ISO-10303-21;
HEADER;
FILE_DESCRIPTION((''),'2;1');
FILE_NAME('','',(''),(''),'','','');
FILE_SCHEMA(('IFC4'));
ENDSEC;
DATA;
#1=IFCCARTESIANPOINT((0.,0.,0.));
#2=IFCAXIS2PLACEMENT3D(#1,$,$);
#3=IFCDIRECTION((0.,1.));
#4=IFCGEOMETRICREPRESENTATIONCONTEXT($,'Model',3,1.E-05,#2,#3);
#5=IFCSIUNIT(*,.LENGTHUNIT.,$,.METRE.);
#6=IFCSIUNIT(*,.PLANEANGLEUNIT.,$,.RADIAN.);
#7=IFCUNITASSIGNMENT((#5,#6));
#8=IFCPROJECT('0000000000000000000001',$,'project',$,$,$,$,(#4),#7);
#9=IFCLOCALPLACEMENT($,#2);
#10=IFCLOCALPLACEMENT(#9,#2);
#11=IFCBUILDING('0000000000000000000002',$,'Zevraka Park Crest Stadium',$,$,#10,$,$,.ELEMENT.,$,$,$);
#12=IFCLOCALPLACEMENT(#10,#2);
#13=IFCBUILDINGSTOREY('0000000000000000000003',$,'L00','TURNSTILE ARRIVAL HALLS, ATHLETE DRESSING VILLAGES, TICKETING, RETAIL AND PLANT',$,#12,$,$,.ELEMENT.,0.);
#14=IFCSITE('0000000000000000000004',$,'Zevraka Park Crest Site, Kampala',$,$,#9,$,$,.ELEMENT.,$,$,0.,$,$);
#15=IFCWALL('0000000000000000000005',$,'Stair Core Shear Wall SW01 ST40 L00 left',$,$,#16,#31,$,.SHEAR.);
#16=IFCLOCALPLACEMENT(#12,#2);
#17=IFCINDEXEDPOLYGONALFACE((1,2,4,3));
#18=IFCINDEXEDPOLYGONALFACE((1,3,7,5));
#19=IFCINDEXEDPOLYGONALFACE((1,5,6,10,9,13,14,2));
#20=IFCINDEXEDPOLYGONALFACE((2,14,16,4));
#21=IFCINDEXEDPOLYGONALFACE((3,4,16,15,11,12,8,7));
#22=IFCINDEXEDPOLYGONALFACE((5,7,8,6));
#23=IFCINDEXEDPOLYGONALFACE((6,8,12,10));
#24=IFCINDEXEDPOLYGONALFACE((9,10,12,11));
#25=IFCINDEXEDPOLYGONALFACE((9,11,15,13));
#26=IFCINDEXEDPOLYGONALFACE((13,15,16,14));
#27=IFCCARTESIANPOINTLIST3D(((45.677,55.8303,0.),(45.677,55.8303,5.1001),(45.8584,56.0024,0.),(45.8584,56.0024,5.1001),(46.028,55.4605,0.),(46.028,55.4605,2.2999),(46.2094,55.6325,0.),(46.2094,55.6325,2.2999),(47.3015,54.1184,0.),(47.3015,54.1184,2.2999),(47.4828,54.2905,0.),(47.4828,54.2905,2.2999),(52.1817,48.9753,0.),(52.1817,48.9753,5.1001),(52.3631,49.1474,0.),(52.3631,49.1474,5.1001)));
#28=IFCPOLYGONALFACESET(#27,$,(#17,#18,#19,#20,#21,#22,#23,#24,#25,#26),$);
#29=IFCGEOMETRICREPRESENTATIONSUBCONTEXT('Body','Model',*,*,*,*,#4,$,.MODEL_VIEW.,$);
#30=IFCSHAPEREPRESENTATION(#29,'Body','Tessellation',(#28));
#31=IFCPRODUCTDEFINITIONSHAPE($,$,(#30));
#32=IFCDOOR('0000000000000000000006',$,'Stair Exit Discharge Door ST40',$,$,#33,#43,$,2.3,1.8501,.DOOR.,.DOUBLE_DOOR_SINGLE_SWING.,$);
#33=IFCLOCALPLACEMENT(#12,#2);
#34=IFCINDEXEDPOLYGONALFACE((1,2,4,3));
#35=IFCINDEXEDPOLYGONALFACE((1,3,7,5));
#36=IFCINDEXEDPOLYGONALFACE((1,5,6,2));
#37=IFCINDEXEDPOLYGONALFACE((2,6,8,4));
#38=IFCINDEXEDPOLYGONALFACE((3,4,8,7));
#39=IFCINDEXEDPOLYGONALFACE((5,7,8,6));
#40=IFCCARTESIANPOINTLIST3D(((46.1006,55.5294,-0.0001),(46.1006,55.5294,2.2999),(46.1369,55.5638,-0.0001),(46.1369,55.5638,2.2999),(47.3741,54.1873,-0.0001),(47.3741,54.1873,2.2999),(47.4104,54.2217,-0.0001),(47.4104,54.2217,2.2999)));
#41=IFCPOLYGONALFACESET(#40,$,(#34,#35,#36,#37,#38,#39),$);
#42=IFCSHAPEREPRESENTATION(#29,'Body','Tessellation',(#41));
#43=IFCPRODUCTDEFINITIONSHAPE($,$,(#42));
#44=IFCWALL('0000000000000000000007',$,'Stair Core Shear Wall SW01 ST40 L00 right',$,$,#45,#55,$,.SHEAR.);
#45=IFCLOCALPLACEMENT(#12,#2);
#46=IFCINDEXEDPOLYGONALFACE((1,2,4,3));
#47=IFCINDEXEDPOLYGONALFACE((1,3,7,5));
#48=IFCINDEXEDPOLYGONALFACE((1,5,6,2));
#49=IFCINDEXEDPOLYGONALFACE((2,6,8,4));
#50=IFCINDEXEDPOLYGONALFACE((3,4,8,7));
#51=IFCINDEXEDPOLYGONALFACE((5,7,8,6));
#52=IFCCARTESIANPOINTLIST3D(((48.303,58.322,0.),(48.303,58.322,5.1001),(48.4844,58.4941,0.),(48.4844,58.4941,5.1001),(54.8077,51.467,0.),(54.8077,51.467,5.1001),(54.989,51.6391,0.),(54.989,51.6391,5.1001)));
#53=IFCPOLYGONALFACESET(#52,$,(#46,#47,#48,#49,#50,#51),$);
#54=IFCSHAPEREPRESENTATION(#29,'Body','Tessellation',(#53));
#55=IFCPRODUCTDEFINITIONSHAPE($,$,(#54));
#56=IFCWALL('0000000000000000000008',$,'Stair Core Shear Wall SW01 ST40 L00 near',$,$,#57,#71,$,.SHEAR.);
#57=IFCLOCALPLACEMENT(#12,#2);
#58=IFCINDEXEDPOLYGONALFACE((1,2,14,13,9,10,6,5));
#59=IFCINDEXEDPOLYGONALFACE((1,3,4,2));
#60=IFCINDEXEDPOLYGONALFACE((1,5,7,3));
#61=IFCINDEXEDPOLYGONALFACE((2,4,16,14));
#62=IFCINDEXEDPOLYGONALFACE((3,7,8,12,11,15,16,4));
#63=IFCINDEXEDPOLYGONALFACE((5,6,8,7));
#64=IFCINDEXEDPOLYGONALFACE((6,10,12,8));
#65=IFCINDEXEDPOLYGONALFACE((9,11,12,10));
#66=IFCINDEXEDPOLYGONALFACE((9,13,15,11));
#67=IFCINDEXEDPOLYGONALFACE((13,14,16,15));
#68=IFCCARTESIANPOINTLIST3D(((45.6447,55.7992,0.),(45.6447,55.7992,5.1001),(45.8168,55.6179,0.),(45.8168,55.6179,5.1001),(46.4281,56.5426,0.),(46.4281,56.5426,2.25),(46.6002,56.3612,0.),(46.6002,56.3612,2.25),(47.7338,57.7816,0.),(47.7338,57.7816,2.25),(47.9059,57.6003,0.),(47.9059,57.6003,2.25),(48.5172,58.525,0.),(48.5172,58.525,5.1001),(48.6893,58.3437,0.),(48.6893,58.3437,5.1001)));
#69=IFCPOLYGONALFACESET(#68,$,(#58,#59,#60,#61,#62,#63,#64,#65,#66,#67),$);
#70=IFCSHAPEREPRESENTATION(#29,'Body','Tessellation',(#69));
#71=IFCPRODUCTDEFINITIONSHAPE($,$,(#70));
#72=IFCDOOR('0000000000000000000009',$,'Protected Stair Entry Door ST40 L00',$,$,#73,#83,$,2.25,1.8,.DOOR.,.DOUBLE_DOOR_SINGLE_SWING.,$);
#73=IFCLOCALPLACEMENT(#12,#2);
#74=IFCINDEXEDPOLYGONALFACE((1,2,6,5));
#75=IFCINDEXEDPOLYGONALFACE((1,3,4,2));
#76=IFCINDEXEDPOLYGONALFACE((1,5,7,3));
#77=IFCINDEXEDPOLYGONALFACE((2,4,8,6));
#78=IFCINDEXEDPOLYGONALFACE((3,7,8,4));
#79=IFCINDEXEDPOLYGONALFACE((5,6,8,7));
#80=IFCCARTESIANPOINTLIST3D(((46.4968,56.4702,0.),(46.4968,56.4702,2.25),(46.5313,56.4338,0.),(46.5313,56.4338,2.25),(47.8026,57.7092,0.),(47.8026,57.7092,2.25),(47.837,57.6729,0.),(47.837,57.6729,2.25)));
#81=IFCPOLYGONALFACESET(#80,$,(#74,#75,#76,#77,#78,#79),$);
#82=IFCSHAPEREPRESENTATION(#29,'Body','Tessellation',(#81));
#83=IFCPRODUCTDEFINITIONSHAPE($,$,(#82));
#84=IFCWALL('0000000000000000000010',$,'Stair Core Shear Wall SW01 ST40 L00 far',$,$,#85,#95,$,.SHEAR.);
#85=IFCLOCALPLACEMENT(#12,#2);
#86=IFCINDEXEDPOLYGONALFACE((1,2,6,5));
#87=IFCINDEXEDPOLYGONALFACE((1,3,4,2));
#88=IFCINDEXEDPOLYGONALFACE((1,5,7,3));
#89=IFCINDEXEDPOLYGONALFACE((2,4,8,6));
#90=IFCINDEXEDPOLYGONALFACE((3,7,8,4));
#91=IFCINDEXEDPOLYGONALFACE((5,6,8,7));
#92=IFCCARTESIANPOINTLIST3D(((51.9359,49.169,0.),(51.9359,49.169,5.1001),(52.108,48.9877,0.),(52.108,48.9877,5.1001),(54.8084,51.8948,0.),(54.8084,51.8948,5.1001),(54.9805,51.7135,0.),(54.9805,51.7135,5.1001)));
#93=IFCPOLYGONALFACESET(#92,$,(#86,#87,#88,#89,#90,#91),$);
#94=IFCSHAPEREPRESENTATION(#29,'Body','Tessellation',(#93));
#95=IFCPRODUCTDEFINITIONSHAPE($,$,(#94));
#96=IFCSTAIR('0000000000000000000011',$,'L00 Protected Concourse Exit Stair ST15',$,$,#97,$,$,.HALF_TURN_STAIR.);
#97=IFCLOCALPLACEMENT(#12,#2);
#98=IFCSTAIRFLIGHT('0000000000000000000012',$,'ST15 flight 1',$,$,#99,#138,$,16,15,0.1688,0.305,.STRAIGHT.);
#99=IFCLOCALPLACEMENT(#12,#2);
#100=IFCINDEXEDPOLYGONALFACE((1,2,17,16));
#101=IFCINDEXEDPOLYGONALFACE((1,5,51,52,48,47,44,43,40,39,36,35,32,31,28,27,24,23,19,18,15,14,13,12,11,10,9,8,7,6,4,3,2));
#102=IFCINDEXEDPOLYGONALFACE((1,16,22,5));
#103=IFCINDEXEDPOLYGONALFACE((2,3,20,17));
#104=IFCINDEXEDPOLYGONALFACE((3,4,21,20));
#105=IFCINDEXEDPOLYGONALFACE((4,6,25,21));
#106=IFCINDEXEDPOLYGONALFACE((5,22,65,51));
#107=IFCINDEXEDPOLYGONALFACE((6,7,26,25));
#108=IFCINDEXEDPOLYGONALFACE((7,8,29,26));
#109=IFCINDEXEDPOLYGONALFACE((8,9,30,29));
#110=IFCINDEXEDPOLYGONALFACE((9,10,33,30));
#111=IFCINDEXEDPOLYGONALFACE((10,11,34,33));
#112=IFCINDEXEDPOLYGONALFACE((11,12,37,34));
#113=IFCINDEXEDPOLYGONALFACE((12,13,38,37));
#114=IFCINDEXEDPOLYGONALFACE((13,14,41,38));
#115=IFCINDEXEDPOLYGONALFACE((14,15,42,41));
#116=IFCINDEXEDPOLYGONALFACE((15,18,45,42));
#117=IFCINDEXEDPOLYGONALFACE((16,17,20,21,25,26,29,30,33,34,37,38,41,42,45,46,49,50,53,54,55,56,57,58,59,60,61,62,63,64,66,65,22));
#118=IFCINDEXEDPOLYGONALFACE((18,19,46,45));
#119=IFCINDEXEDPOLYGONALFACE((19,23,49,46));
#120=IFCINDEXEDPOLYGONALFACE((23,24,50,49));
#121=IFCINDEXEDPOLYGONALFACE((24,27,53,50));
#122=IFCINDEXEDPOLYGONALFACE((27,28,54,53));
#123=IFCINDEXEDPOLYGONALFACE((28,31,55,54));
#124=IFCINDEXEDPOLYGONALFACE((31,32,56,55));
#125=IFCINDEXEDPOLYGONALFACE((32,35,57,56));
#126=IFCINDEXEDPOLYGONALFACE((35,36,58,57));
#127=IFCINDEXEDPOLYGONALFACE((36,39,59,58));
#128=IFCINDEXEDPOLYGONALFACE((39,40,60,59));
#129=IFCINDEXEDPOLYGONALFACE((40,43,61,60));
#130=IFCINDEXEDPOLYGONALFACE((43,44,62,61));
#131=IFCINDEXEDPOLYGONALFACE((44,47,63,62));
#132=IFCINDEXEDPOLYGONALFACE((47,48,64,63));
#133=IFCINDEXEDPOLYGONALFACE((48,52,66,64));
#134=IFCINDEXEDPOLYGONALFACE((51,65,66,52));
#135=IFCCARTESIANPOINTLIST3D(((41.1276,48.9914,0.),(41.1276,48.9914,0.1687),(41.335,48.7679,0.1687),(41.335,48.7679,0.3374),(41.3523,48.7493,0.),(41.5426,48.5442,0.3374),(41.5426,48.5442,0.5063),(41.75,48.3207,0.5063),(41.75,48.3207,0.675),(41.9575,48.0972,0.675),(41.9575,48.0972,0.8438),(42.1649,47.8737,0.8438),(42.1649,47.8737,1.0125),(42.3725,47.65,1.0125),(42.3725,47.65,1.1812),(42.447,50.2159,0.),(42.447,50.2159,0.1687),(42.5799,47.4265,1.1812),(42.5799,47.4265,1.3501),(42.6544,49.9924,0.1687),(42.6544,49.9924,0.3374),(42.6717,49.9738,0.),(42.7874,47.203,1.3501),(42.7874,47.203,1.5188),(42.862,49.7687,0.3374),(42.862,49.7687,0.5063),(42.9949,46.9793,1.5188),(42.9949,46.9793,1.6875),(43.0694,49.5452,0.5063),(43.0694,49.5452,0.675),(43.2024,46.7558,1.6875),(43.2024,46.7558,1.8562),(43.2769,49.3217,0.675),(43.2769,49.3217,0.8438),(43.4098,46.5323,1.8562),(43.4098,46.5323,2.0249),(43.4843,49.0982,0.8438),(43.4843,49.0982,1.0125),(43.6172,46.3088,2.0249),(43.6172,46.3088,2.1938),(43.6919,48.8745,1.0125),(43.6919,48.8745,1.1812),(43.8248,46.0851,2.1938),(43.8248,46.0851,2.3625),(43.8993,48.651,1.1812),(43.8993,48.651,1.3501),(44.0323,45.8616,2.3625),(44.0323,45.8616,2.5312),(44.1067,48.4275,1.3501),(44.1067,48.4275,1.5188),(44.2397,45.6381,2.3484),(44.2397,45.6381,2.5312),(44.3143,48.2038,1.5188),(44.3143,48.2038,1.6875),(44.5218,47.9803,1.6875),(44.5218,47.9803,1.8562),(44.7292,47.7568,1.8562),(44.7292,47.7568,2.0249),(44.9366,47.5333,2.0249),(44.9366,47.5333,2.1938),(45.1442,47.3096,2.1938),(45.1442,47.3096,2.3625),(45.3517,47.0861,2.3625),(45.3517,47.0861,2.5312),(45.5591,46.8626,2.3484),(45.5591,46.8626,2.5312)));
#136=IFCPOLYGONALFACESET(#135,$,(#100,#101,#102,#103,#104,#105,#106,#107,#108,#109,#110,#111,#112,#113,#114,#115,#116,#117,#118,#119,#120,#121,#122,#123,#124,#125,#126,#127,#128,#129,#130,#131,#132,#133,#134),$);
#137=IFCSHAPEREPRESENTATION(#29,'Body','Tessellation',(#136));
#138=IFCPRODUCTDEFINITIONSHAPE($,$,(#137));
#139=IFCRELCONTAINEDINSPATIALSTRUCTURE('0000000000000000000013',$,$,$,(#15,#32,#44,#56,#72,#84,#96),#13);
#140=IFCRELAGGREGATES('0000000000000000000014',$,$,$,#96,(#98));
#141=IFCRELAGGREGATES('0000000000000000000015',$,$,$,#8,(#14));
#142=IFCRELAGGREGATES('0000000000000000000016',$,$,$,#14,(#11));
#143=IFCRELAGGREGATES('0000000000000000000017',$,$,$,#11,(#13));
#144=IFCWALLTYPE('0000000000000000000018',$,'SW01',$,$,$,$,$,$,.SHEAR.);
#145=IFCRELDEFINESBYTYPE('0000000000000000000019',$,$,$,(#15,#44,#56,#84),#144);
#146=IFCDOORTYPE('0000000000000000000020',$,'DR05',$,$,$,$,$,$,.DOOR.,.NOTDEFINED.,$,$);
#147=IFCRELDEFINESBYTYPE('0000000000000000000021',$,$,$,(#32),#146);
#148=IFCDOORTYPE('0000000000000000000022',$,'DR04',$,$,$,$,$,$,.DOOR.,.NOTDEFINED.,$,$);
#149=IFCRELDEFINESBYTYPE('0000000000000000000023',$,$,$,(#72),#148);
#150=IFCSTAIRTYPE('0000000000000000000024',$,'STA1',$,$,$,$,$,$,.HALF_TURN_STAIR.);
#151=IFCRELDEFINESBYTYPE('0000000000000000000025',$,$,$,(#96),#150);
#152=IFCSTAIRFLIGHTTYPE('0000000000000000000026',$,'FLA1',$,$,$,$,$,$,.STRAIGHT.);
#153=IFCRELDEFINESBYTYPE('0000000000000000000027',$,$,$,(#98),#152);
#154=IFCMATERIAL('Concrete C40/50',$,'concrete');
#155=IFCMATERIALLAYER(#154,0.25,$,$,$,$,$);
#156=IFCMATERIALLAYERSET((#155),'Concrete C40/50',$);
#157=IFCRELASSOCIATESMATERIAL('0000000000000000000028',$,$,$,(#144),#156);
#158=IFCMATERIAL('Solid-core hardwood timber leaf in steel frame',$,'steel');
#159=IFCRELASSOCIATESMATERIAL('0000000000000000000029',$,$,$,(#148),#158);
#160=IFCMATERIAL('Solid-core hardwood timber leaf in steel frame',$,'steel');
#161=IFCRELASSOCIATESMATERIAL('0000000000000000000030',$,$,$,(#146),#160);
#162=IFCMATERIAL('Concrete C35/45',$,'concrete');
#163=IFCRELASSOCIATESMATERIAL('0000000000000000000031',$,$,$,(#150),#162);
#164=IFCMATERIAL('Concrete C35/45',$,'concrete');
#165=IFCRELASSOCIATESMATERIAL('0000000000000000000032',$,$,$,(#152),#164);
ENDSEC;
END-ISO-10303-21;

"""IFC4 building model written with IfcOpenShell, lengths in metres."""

from ifc_helpers import new_model, si_unit, direction, frame, frame_2d, origin, place, context, subcontext, project, spatial, polyline, rectangle, outline, extrude, material, layer, layer_set, type_object, element, fill, aggregate, save


model = new_model("IFC4")

# Units and contexts
model_context = context("Model", 3, precision=1e-05, world=origin(), true_north=direction((0.0, 1.0)))
body_context = subcontext(model_context, "Body", "Model", "MODEL_VIEW")
ifc_project = project(units=[si_unit("LENGTHUNIT", "METRE"), si_unit("PLANEANGLEUNIT", "RADIAN")], contexts=[model_context])

# Site, building, storey
site_placement = place(None, origin())
site = spatial("IfcSite", under=ifc_project, at=site_placement, Name="Zevraka Park Crest Site, Kampala", CompositionType="ELEMENT", RefElevation=0.0)
building_placement = place(site_placement, origin())
building = spatial("IfcBuilding", under=site, at=building_placement, Name="Zevraka Park Crest Stadium", CompositionType="ELEMENT")
storey_placement = place(building_placement, origin())
storey = spatial("IfcBuildingStorey", under=building, at=storey_placement, Name="L00", Description="TURNSTILE ARRIVAL HALLS, ATHLETE DRESSING VILLAGES, TICKETING, RETAIL AND PLANT", CompositionType="ELEMENT", Elevation=0.0)

# Wall, opening, door
ifc_material_1 = material(Name="Concrete C40/50", Category="concrete")
ifc_layer = layer(ifc_material_1, 0.25)
ifc_layer_set = layer_set([ifc_layer], Name="Concrete C40/50")
wall_type = type_object("IfcWallType", Name="SW01", PredefinedType="SHEAR", material=ifc_layer_set)
ifc_material_2 = material(Name="Solid-core hardwood timber leaf in steel frame", Category="steel")
door_type_1 = type_object("IfcDoorType", Name="DR04", OperationType="NOTDEFINED", PredefinedType="DOOR", material=ifc_material_2)
wall_1_placement = place(storey_placement, frame((52.2725, 49.0613, 0.0), z_axis=(0.0, 0.0, 1.0), x_axis=(-0.688327, 0.725401, 0.0)))
wall_1 = element("IfcWall", 1, at=wall_1_placement, inside=storey, type_object=wall_type, Name="Stair Core Shear Wall SW01 ST40 L00 left", PredefinedType="SHEAR", context=body_context, shape_type="SweptSolid", body=[
    extrude(rectangle(XDim=9.45, YDim=0.25, at=frame_2d((4.7251, 0.0))), origin(), (0.0, 0.0, 1.0), 5.1001),
])
opening_1_placement = place(wall_1_placement, frame((7.0901, 0.0, 0.0)))
opening_1 = element("IfcOpeningElement", 2, at=opening_1_placement, cuts=wall_1, PredefinedType="OPENING", context=body_context, shape_type="SweptSolid", body=[
    extrude(rectangle(XDim=1.8501, YDim=2.3, at=frame_2d((0.925, 1.1499))), frame((0.0, 0.135, 0.0), z_axis=(0.0, -1.0, 0.0), x_axis=(1.0, 0.0, 0.0)), (0.0, 0.0, 1.0), 0.27),
])
ifc_material_3 = material(Name="Solid-core hardwood timber leaf in steel frame", Category="steel")
door_type_2 = type_object("IfcDoorType", Name="DR05", OperationType="NOTDEFINED", PredefinedType="DOOR", material=ifc_material_3)
door_1_placement = place(opening_1_placement, origin())
door_1 = element("IfcDoor", 3, at=door_1_placement, inside=storey, type_object=door_type_2, Name="Stair Exit Discharge Door ST40", OperationType="DOUBLE_DOOR_SINGLE_SWING", OverallHeight=2.3, OverallWidth=1.8501, PredefinedType="DOOR", context=body_context, shape_type="SweptSolid", body=[
    extrude(rectangle(XDim=1.8501, YDim=2.3, at=frame_2d((0.925, 1.1499))), frame((0.0, 0.0249, 0.0), z_axis=(0.0, -1.0, 0.0), x_axis=(1.0, 0.0, 0.0)), (0.0, 0.0, 1.0), 0.05),
])
fill(opening_1, door_1)

# Wall
wall_2_placement = place(storey_placement, frame((54.8984, 51.553, 0.0), z_axis=(0.0, 0.0, 1.0), x_axis=(-0.688327, 0.725401, 0.0)))
element("IfcWall", 4, at=wall_2_placement, inside=storey, type_object=wall_type, Name="Stair Core Shear Wall SW01 ST40 L00 right", PredefinedType="SHEAR", context=body_context, shape_type="SweptSolid", body=[
    extrude(rectangle(XDim=9.45, YDim=0.25, at=frame_2d((4.7251, 0.0))), origin(), (0.0, 0.0, 1.0), 5.1001),
])

# Wall, opening, door
wall_3_placement = place(storey_placement, frame((48.6033, 58.4343, 0.0), z_axis=(0.0, 0.0, 1.0), x_axis=(-0.72539, -0.688338, 0.0)))
wall_3 = element("IfcWall", 5, at=wall_3_placement, inside=storey, type_object=wall_type, Name="Stair Core Shear Wall SW01 ST40 L00 near", PredefinedType="SHEAR", context=body_context, shape_type="SweptSolid", body=[
    extrude(rectangle(XDim=3.96, YDim=0.25, at=frame_2d((1.98, 0.0))), origin(), (0.0, 0.0, 1.0), 5.1001),
])
opening_2_placement = place(wall_3_placement, frame((1.0801, 0.0, 0.0)))
opening_2 = element("IfcOpeningElement", 6, at=opening_2_placement, cuts=wall_3, PredefinedType="OPENING", context=body_context, shape_type="SweptSolid", body=[
    extrude(rectangle(XDim=1.8, YDim=2.25, at=frame_2d((0.8999, 1.125))), frame((0.0, 0.135, 0.0), z_axis=(0.0, -1.0, 0.0), x_axis=(1.0, 0.0, 0.0)), (0.0, 0.0, 1.0), 0.27),
])
door_2_placement = place(opening_2_placement, origin())
door_2 = element("IfcDoor", 7, at=door_2_placement, inside=storey, type_object=door_type_1, Name="Protected Stair Entry Door ST40 L00", OperationType="DOUBLE_DOOR_SINGLE_SWING", OverallHeight=2.25, OverallWidth=1.8, PredefinedType="DOOR", context=body_context, shape_type="SweptSolid", body=[
    extrude(rectangle(XDim=1.8, YDim=2.25, at=frame_2d((0.8999, 1.125))), frame((0.0, 0.0249, 0.0), z_axis=(0.0, -1.0, 0.0), x_axis=(1.0, 0.0, 0.0)), (0.0, 0.0, 1.0), 0.05),
])
fill(opening_2, door_2)

# Wall
wall_4_placement = place(storey_placement, frame((52.022, 49.0784, 0.0), z_axis=(0.0, 0.0, 1.0), x_axis=(0.72539, 0.688338, 0.0)))
element("IfcWall", 8, at=wall_4_placement, inside=storey, type_object=wall_type, Name="Stair Core Shear Wall SW01 ST40 L00 far", PredefinedType="SHEAR", context=body_context, shape_type="SweptSolid", body=[
    extrude(rectangle(XDim=3.96, YDim=0.25, at=frame_2d((1.98, 0.0))), origin(), (0.0, 0.0, 1.0), 5.1001),
])

# Stair, stair flight
ifc_material_4 = material(Name="Concrete C35/45", Category="concrete")
stair_type_1 = type_object("IfcStairType", Name="STA1", PredefinedType="HALF_TURN_STAIR", material=ifc_material_4)
stair_1_placement = place(storey_placement, origin())
stair_1 = element("IfcStair", 9, at=stair_1_placement, inside=storey, type_object=stair_type_1, Name="L00 Protected Concourse Exit Stair ST15", PredefinedType="HALF_TURN_STAIR")
ifc_material_5 = material(Name="Concrete C35/45", Category="concrete")
stair_flight_type_1 = type_object("IfcStairFlightType", Name="FLA1", PredefinedType="STRAIGHT", material=ifc_material_5)
stair_flight_1_placement = place(storey_placement, frame((41.7874, 49.6038, 0.0), z_axis=(0.0, 0.0, 1.0), x_axis=(0.680255, -0.732975, 0.0)))
stair_flight_1 = element("IfcStairFlight", 10, at=stair_flight_1_placement, type_object=stair_flight_type_1, Name="ST15 flight 1", NumberOfRisers=16, NumberOfTreads=15, PredefinedType="STRAIGHT", RiserHeight=0.1688, TreadLength=0.305, context=body_context, shape_type="SweptSolid", body=[
    extrude(outline(polyline([(0.0, 0.0), (0.0, 0.1687), (0.3049, 0.1687), (0.3049, 0.3374), (0.6101, 0.3374), (0.6101, 0.5063), (0.915, 0.5063), (0.915, 0.675), (1.22, 0.675), (1.22, 0.8438), (1.5249, 0.8438), (1.5249, 1.0125), (1.8301, 1.0125), (1.8301, 1.1812), (2.135, 1.1812), (2.135, 1.3501), (2.4399, 1.3501), (2.4399, 1.5188), (2.7451, 1.5188), (2.7451, 1.6875), (3.05, 1.6875), (3.05, 1.8562), (3.355, 1.8562), (3.355, 2.0249), (3.6599, 2.0249), (3.6599, 2.1938), (3.9651, 2.1938), (3.9651, 2.3625), (4.27, 2.3625), (4.27, 2.5312), (4.575, 2.5312), (4.575, 2.7), (4.575, 2.3484), (0.3303, 0.0), (0.0, 0.0)])), frame((0.0, 0.8999, 0.0), z_axis=(0.0, -1.0, 0.0), x_axis=(1.0, 0.0, 0.0)), (0.0, 0.0, 1.0), 1.8),
])
aggregate(stair_1, [stair_flight_1])

save(model, "model.ifc")
